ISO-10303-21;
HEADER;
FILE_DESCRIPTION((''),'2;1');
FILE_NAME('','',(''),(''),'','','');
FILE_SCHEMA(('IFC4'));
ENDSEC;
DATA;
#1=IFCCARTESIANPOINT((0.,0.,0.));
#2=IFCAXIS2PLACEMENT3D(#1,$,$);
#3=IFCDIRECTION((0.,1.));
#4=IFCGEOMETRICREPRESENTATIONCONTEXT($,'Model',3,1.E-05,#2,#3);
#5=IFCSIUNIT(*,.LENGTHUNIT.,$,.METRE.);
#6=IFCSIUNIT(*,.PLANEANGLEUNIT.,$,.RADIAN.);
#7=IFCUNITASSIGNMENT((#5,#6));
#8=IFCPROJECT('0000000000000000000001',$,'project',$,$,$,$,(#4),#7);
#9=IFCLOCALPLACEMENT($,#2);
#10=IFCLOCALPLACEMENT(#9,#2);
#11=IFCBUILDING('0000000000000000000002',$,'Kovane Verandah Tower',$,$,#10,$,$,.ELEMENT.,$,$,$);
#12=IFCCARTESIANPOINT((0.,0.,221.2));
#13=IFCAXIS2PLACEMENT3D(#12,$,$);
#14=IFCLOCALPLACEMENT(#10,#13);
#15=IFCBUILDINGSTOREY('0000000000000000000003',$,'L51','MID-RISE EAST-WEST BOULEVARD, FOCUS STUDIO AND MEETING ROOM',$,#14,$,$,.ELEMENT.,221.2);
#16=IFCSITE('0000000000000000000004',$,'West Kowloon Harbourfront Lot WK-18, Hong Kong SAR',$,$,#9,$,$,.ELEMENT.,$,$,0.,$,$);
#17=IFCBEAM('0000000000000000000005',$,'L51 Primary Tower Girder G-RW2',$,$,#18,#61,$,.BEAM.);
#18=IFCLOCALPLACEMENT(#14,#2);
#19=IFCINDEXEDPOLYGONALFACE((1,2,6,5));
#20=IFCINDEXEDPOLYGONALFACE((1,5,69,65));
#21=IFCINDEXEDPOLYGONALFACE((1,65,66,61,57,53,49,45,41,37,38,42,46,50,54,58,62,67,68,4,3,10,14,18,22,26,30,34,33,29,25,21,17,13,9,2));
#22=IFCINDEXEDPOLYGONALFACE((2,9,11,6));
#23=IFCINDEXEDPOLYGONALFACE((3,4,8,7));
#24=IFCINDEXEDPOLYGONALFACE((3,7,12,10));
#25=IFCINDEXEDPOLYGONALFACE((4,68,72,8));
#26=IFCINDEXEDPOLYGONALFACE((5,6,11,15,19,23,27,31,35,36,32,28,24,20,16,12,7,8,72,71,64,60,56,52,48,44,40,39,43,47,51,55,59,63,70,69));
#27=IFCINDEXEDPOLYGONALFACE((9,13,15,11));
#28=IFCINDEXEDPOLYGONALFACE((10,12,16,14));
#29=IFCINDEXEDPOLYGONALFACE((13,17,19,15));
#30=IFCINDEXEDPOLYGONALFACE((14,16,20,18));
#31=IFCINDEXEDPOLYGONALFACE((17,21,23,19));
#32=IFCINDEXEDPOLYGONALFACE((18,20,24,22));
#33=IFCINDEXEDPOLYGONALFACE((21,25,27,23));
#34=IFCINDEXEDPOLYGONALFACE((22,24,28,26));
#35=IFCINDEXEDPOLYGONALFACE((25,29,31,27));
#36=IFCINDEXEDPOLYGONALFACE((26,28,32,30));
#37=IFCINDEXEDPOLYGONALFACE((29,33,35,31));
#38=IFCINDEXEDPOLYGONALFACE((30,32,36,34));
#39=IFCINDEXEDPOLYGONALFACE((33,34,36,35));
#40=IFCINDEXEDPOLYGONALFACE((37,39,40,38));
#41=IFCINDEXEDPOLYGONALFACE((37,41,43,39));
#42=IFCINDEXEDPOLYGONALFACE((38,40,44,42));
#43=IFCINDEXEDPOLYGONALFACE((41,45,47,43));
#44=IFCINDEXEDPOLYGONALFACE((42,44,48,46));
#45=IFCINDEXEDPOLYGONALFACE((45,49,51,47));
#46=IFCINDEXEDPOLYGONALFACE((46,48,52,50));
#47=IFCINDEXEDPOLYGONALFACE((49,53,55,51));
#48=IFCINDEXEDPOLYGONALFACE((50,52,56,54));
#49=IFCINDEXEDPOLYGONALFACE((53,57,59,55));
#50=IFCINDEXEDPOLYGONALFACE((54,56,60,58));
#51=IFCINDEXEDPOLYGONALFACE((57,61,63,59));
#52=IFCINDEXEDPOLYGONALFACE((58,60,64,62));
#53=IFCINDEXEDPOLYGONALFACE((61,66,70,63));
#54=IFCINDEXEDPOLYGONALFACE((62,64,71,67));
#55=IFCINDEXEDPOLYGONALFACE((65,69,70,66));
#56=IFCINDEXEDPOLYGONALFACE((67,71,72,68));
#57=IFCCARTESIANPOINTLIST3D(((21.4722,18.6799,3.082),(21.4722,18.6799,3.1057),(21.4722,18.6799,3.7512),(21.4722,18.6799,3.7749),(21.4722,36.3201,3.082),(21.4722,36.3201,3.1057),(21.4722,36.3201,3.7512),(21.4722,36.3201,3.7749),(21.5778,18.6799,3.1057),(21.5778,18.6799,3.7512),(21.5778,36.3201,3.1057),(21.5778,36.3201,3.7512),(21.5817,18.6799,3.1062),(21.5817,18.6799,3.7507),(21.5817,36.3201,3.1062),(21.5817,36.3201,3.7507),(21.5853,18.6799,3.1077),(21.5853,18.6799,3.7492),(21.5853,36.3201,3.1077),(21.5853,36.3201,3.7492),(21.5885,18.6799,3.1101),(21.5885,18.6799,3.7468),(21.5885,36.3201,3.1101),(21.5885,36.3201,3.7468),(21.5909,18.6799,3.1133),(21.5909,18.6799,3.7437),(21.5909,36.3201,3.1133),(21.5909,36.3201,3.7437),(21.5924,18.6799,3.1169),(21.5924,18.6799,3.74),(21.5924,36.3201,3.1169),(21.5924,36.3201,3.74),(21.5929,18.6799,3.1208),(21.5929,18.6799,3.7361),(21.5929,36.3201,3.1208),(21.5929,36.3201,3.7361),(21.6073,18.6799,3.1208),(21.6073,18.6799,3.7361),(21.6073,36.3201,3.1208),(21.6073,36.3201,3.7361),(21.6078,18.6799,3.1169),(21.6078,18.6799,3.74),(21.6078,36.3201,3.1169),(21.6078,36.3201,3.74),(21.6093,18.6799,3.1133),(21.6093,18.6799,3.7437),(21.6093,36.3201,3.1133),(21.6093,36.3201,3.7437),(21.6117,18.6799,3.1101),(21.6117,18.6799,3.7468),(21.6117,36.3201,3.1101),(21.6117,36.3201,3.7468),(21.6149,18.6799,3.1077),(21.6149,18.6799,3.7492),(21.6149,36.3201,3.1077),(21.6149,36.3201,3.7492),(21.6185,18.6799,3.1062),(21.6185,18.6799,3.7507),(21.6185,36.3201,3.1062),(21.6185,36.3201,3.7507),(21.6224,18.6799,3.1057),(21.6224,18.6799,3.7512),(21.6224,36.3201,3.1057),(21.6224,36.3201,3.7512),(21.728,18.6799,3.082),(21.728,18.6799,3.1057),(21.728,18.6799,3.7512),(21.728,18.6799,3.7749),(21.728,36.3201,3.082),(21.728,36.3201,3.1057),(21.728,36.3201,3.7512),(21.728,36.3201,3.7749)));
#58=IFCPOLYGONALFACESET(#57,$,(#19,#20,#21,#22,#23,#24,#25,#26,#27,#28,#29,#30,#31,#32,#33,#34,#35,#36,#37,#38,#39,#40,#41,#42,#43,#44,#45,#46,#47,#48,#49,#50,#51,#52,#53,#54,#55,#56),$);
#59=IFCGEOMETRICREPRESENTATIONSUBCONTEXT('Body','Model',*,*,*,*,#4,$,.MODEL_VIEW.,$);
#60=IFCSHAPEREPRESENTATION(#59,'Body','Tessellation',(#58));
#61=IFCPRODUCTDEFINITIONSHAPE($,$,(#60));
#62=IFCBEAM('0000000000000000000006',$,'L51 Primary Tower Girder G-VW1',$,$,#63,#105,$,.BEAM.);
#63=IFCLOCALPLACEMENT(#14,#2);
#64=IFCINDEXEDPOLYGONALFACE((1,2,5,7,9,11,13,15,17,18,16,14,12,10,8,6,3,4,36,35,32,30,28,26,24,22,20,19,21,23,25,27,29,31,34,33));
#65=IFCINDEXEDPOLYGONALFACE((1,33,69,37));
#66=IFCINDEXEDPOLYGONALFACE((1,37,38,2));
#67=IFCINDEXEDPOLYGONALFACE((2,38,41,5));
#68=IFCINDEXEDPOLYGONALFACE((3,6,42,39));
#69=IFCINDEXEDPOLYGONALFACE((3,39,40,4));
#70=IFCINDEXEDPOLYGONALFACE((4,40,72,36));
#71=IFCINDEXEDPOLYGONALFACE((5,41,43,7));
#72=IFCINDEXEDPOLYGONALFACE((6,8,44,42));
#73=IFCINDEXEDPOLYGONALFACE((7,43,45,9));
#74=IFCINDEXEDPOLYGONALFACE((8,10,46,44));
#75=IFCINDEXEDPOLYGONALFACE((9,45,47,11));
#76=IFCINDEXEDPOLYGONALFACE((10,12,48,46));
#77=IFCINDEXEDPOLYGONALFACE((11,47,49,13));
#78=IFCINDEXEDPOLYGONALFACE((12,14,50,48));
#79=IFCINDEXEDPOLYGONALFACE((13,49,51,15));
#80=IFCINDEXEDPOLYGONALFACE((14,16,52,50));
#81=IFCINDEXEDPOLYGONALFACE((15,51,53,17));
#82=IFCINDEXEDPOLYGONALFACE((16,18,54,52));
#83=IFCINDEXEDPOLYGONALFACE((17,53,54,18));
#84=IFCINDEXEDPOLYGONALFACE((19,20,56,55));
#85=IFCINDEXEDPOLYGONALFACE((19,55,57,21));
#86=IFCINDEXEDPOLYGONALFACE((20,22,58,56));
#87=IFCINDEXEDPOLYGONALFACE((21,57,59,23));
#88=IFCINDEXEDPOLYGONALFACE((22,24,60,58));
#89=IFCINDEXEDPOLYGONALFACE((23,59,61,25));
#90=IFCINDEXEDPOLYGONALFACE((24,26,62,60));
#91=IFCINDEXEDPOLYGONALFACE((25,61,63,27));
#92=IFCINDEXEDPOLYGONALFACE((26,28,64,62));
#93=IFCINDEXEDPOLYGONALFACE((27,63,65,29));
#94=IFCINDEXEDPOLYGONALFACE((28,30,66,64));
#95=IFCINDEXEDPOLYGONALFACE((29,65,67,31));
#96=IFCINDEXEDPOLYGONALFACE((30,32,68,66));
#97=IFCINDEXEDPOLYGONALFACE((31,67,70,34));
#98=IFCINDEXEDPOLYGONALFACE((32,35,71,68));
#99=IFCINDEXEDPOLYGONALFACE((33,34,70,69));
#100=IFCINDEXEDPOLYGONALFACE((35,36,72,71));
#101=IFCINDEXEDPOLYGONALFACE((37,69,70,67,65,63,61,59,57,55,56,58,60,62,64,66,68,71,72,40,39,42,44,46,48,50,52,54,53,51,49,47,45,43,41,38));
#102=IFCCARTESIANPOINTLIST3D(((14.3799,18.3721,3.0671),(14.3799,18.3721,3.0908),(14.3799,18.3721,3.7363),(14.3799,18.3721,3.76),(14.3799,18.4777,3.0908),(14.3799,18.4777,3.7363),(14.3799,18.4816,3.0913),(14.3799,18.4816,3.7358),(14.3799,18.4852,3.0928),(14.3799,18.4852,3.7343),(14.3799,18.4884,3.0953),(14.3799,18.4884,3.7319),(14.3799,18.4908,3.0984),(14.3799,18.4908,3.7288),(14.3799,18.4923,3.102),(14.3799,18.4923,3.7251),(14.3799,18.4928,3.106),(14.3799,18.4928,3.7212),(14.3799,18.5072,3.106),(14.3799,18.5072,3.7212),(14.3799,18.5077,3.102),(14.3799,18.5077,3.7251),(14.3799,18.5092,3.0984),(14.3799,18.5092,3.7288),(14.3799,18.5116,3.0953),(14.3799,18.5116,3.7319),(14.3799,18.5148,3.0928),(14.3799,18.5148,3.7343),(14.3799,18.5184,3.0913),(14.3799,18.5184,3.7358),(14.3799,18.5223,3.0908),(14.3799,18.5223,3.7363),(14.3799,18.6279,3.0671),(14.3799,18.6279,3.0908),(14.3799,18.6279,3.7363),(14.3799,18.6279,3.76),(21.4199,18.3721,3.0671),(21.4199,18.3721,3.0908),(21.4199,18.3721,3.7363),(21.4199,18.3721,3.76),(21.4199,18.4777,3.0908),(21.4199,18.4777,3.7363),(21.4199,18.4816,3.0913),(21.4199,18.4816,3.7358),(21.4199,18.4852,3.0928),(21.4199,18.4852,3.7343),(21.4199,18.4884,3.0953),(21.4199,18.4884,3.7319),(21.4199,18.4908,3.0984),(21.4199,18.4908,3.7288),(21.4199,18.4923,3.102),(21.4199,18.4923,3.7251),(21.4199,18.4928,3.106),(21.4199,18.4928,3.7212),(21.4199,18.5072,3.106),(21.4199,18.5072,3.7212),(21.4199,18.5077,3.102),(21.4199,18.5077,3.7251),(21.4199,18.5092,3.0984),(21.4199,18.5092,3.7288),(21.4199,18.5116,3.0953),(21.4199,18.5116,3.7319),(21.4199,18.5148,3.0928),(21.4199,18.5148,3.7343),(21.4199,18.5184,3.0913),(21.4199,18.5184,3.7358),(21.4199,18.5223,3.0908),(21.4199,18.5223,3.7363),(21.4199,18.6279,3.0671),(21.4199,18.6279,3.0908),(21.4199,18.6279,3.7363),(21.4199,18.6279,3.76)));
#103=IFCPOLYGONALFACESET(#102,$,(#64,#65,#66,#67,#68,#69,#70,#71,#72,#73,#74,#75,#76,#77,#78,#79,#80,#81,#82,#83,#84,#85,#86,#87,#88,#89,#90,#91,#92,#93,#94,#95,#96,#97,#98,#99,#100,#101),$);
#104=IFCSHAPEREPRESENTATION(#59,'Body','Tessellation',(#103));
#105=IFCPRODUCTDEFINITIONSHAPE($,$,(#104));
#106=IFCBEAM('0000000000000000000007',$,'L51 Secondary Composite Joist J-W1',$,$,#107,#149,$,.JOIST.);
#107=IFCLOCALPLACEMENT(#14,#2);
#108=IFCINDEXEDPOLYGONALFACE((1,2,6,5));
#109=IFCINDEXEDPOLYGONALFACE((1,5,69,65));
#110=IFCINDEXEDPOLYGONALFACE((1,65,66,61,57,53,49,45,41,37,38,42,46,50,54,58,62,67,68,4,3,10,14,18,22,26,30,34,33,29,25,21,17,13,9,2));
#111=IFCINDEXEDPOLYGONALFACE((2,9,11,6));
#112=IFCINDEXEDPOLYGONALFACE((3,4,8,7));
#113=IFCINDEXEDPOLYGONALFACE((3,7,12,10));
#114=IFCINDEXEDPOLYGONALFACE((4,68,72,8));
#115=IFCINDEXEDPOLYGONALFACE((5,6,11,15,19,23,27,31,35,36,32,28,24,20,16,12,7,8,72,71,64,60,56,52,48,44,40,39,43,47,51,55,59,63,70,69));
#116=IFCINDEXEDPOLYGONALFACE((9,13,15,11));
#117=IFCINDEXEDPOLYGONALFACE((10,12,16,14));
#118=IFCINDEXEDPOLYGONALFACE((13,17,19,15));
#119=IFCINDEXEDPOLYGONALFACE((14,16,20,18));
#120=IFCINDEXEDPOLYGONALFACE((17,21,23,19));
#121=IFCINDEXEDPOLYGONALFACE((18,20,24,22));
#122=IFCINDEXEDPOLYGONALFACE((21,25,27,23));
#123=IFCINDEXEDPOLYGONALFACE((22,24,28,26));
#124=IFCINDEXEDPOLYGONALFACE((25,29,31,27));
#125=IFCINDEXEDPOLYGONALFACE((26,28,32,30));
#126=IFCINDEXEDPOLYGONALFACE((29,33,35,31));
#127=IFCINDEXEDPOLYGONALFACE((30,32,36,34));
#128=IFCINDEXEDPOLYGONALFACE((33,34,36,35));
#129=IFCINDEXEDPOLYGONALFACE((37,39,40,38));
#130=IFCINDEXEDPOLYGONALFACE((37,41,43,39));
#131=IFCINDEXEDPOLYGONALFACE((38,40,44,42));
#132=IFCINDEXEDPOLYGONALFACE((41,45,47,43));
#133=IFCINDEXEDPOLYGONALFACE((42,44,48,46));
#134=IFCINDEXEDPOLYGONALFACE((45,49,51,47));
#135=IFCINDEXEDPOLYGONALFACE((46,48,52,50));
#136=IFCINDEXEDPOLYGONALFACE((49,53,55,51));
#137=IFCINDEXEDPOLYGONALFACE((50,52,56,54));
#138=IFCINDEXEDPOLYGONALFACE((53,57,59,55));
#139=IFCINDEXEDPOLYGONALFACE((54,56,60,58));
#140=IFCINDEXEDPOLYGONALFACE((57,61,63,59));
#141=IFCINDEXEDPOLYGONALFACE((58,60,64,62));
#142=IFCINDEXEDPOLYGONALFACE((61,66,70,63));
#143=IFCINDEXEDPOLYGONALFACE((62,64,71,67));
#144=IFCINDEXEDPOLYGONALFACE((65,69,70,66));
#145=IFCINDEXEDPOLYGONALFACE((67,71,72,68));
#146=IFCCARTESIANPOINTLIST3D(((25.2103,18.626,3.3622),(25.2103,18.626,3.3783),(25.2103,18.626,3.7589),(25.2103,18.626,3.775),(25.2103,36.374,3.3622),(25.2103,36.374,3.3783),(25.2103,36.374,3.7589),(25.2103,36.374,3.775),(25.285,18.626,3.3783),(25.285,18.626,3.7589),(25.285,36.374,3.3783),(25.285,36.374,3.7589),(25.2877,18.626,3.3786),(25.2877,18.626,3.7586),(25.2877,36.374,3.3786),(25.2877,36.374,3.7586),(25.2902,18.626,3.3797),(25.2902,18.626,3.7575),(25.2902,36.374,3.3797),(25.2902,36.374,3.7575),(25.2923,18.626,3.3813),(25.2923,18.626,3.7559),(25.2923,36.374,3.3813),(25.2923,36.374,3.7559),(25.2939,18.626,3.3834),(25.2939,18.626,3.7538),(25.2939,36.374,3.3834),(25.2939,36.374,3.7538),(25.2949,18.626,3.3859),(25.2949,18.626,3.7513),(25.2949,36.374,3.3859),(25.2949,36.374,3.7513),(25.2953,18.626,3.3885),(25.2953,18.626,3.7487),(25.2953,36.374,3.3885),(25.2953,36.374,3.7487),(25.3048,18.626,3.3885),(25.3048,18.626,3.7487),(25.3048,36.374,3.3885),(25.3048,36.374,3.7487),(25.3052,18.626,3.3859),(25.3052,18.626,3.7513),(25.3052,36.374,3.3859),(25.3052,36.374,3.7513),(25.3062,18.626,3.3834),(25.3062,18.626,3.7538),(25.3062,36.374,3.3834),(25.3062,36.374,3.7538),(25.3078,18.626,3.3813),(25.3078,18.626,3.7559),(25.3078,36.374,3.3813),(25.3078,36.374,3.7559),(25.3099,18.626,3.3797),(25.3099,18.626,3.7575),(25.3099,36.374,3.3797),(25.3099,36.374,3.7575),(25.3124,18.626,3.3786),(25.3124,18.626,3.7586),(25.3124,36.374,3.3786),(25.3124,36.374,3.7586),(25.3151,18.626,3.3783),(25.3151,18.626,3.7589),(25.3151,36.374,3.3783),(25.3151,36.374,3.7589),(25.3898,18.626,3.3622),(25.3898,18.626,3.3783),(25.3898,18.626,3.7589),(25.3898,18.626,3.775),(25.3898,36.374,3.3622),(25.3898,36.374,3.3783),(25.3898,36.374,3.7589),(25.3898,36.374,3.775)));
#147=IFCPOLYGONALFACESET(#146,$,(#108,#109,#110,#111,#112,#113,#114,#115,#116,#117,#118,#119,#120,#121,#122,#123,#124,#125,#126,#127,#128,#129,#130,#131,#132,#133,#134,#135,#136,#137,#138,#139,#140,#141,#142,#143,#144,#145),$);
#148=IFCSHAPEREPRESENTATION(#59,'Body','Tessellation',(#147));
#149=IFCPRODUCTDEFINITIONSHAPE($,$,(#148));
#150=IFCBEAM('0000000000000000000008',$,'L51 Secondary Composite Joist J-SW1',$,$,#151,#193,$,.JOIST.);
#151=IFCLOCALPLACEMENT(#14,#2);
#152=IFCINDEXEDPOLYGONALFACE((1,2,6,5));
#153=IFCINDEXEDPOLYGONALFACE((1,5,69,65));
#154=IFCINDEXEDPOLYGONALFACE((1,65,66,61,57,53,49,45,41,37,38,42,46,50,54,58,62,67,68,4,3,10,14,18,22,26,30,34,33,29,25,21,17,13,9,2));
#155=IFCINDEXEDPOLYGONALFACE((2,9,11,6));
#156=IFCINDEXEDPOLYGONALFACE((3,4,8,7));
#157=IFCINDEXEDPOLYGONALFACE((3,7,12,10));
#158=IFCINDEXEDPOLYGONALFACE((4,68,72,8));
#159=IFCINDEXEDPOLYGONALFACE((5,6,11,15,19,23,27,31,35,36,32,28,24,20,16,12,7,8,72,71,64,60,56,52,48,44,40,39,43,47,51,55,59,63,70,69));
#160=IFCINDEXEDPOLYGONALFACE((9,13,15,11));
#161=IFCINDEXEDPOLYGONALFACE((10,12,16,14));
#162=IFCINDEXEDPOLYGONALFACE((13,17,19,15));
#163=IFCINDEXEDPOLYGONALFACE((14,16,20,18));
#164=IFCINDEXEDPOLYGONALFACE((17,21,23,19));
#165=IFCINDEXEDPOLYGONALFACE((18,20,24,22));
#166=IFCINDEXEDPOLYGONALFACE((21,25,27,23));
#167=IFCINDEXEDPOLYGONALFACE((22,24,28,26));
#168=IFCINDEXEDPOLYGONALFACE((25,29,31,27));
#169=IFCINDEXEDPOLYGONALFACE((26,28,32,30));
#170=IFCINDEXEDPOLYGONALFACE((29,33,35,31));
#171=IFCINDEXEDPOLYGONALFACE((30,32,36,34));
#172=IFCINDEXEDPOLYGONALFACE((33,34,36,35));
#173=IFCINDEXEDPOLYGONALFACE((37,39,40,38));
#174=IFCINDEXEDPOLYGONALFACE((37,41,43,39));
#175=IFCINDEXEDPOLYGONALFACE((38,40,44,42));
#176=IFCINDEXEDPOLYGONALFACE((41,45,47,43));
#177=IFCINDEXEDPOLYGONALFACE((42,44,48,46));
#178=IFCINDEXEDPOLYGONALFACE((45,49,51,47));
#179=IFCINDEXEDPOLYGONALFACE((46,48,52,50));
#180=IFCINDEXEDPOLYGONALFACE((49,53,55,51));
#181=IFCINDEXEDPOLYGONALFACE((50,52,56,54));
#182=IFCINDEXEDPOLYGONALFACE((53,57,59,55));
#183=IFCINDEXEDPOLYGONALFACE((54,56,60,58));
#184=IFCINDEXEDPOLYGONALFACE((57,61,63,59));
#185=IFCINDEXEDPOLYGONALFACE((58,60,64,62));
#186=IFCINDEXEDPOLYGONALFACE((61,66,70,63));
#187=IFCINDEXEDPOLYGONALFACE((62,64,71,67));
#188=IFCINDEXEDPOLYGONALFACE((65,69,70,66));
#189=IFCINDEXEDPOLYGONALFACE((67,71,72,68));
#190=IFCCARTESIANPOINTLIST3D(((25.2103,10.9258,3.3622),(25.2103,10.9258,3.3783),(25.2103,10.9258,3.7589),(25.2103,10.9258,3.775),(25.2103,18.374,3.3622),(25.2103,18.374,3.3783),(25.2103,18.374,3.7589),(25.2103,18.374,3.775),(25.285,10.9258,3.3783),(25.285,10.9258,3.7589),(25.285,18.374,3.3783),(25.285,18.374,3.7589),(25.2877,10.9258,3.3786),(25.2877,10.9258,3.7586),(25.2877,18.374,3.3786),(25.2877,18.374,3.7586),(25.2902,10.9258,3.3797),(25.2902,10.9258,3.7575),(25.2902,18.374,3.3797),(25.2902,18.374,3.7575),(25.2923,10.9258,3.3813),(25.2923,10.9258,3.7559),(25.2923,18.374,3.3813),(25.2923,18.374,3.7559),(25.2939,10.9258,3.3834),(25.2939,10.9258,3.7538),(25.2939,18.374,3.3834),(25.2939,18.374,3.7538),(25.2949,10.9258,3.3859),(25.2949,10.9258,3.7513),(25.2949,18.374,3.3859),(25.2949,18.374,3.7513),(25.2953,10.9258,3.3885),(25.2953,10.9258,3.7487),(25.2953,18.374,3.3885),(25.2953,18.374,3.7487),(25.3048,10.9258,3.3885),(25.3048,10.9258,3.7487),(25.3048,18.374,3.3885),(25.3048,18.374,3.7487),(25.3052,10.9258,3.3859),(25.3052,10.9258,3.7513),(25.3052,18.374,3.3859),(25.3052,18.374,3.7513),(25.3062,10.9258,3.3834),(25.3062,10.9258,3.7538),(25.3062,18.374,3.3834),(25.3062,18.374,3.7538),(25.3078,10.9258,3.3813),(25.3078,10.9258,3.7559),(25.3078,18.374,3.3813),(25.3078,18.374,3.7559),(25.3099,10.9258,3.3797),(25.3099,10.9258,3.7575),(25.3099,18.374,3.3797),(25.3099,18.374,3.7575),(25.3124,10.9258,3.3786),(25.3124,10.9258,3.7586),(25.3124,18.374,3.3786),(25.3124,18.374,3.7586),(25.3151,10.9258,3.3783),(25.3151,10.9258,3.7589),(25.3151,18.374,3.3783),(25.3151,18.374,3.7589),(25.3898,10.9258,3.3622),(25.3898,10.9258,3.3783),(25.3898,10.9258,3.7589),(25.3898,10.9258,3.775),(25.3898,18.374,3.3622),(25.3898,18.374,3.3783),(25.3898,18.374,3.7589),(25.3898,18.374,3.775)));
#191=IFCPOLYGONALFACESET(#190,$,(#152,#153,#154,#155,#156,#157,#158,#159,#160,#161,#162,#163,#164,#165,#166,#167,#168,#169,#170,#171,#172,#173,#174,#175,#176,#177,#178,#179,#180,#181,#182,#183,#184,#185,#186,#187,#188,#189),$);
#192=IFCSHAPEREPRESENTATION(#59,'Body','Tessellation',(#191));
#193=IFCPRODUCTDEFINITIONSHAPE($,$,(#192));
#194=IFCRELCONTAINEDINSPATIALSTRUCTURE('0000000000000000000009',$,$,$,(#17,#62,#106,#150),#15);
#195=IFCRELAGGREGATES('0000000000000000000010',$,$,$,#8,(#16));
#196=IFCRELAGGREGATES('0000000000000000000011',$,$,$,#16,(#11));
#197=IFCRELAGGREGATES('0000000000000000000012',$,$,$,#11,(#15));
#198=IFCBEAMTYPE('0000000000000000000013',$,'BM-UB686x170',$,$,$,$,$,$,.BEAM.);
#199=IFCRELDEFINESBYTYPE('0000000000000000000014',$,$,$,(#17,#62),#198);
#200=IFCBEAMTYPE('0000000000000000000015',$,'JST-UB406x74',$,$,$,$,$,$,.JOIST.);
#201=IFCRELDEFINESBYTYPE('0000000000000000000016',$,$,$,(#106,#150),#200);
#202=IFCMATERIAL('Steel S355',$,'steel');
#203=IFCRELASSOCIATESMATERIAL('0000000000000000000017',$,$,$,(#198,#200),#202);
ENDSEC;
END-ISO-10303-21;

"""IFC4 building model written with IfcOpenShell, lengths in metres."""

from ifc_helpers import new_model, si_unit, direction, frame, origin, origin_2d, place, context, subcontext, project, spatial, i_section, extrude, material, material_profile, profile_set, type_object, element, save


model = new_model("IFC4")

# Units and contexts
model_context = context("Model", 3, precision=1e-05, world=origin(), true_north=direction((0.0, 1.0)))
body_context = subcontext(model_context, "Body", "Model", "MODEL_VIEW")
ifc_project = project(units=[si_unit("LENGTHUNIT", "METRE"), si_unit("PLANEANGLEUNIT", "RADIAN")], contexts=[model_context])

# Site, building, storey
site_placement = place(None, origin())
site = spatial("IfcSite", under=ifc_project, at=site_placement, Name="West Kowloon Harbourfront Lot WK-18, Hong Kong SAR", CompositionType="ELEMENT", RefElevation=0.0)
building_placement = place(site_placement, origin())
building = spatial("IfcBuilding", under=site, at=building_placement, Name="Kovane Verandah Tower", CompositionType="ELEMENT")
storey_placement = place(building_placement, frame((0.0, 0.0, 221.2)))
storey = spatial("IfcBuildingStorey", under=building, at=storey_placement, Name="L51", Description="MID-RISE EAST-WEST BOULEVARD, FOCUS STUDIO AND MEETING ROOM", CompositionType="ELEMENT", Elevation=221.2)

# Beams
ifc_material_1 = material(Name="Steel S355", Category="steel")
ifc_material_profile_1 = material_profile(ifc_material_1, i_section(OverallWidth=0.2559, OverallDepth=0.6929, WebThickness=0.0144, FlangeThickness=0.0237, FilletRadius=0.0151, at=origin_2d()), Name="UB686x254x170")
ifc_profile_set_1 = profile_set([ifc_material_profile_1], Name="Steel S355")
beam_type_1 = type_object("IfcBeamType", Name="BM-UB686x170", PredefinedType="BEAM", material=ifc_profile_set_1)
beam_1_placement = place(storey_placement, frame((21.6001, 18.6799, 3.4285), z_axis=(0.0, 1.0, 0.0), x_axis=(-1.0, 0.0, 0.0)))
element("IfcBeam", 1, at=beam_1_placement, inside=storey, type_object=beam_type_1, Name="L51 Primary Tower Girder G-RW2", PredefinedType="BEAM", context=body_context, shape_type="SweptSolid", body=[
    extrude(i_section(OverallWidth=0.2559, OverallDepth=0.6929, WebThickness=0.0144, FlangeThickness=0.0237, FilletRadius=0.0151, at=origin_2d()), origin(), (0.0, 0.0, 1.0), 17.6401),
])
beam_2_placement = place(storey_placement, frame((21.4199, 18.5, 3.4136), z_axis=(-1.0, 0.0, 0.0), x_axis=(0.0, -1.0, 0.0)))
element("IfcBeam", 2, at=beam_2_placement, inside=storey, type_object=beam_type_1, Name="L51 Primary Tower Girder G-VW1", PredefinedType="BEAM", context=body_context, shape_type="SweptSolid", body=[
    extrude(i_section(OverallWidth=0.2559, OverallDepth=0.6929, WebThickness=0.0144, FlangeThickness=0.0237, FilletRadius=0.0151, at=origin_2d()), origin(), (0.0, 0.0, 1.0), 7.04),
])
ifc_material_profile_2 = material_profile(ifc_material_1, i_section(OverallWidth=0.1794, OverallDepth=0.4128, WebThickness=0.0095, FlangeThickness=0.0161, FilletRadius=0.0103, at=origin_2d()), Name="UB406x178x74")
ifc_profile_set_2 = profile_set([ifc_material_profile_2], Name="Steel S355")
beam_type_2 = type_object("IfcBeamType", Name="JST-UB406x74", PredefinedType="JOIST", material=ifc_profile_set_2)
beam_3_placement = place(storey_placement, frame((25.3, 18.626, 3.5686), z_axis=(0.0, 1.0, 0.0), x_axis=(-1.0, 0.0, 0.0)))
element("IfcBeam", 3, at=beam_3_placement, inside=storey, type_object=beam_type_2, Name="L51 Secondary Composite Joist J-W1", PredefinedType="JOIST", context=body_context, shape_type="SweptSolid", body=[
    extrude(i_section(OverallWidth=0.1794, OverallDepth=0.4128, WebThickness=0.0095, FlangeThickness=0.0161, FilletRadius=0.0103, at=origin_2d()), origin(), (0.0, 0.0, 1.0), 17.748),
])
beam_4_placement = place(storey_placement, frame((25.3, 10.9258, 3.5686), z_axis=(0.0, 1.0, 0.0), x_axis=(-1.0, 0.0, 0.0)))
element("IfcBeam", 4, at=beam_4_placement, inside=storey, type_object=beam_type_2, Name="L51 Secondary Composite Joist J-SW1", PredefinedType="JOIST", context=body_context, shape_type="SweptSolid", body=[
    extrude(i_section(OverallWidth=0.1794, OverallDepth=0.4128, WebThickness=0.0095, FlangeThickness=0.0161, FilletRadius=0.0103, at=origin_2d()), origin(), (0.0, 0.0, 1.0), 7.4482),
])

save(model, "model.ifc")
